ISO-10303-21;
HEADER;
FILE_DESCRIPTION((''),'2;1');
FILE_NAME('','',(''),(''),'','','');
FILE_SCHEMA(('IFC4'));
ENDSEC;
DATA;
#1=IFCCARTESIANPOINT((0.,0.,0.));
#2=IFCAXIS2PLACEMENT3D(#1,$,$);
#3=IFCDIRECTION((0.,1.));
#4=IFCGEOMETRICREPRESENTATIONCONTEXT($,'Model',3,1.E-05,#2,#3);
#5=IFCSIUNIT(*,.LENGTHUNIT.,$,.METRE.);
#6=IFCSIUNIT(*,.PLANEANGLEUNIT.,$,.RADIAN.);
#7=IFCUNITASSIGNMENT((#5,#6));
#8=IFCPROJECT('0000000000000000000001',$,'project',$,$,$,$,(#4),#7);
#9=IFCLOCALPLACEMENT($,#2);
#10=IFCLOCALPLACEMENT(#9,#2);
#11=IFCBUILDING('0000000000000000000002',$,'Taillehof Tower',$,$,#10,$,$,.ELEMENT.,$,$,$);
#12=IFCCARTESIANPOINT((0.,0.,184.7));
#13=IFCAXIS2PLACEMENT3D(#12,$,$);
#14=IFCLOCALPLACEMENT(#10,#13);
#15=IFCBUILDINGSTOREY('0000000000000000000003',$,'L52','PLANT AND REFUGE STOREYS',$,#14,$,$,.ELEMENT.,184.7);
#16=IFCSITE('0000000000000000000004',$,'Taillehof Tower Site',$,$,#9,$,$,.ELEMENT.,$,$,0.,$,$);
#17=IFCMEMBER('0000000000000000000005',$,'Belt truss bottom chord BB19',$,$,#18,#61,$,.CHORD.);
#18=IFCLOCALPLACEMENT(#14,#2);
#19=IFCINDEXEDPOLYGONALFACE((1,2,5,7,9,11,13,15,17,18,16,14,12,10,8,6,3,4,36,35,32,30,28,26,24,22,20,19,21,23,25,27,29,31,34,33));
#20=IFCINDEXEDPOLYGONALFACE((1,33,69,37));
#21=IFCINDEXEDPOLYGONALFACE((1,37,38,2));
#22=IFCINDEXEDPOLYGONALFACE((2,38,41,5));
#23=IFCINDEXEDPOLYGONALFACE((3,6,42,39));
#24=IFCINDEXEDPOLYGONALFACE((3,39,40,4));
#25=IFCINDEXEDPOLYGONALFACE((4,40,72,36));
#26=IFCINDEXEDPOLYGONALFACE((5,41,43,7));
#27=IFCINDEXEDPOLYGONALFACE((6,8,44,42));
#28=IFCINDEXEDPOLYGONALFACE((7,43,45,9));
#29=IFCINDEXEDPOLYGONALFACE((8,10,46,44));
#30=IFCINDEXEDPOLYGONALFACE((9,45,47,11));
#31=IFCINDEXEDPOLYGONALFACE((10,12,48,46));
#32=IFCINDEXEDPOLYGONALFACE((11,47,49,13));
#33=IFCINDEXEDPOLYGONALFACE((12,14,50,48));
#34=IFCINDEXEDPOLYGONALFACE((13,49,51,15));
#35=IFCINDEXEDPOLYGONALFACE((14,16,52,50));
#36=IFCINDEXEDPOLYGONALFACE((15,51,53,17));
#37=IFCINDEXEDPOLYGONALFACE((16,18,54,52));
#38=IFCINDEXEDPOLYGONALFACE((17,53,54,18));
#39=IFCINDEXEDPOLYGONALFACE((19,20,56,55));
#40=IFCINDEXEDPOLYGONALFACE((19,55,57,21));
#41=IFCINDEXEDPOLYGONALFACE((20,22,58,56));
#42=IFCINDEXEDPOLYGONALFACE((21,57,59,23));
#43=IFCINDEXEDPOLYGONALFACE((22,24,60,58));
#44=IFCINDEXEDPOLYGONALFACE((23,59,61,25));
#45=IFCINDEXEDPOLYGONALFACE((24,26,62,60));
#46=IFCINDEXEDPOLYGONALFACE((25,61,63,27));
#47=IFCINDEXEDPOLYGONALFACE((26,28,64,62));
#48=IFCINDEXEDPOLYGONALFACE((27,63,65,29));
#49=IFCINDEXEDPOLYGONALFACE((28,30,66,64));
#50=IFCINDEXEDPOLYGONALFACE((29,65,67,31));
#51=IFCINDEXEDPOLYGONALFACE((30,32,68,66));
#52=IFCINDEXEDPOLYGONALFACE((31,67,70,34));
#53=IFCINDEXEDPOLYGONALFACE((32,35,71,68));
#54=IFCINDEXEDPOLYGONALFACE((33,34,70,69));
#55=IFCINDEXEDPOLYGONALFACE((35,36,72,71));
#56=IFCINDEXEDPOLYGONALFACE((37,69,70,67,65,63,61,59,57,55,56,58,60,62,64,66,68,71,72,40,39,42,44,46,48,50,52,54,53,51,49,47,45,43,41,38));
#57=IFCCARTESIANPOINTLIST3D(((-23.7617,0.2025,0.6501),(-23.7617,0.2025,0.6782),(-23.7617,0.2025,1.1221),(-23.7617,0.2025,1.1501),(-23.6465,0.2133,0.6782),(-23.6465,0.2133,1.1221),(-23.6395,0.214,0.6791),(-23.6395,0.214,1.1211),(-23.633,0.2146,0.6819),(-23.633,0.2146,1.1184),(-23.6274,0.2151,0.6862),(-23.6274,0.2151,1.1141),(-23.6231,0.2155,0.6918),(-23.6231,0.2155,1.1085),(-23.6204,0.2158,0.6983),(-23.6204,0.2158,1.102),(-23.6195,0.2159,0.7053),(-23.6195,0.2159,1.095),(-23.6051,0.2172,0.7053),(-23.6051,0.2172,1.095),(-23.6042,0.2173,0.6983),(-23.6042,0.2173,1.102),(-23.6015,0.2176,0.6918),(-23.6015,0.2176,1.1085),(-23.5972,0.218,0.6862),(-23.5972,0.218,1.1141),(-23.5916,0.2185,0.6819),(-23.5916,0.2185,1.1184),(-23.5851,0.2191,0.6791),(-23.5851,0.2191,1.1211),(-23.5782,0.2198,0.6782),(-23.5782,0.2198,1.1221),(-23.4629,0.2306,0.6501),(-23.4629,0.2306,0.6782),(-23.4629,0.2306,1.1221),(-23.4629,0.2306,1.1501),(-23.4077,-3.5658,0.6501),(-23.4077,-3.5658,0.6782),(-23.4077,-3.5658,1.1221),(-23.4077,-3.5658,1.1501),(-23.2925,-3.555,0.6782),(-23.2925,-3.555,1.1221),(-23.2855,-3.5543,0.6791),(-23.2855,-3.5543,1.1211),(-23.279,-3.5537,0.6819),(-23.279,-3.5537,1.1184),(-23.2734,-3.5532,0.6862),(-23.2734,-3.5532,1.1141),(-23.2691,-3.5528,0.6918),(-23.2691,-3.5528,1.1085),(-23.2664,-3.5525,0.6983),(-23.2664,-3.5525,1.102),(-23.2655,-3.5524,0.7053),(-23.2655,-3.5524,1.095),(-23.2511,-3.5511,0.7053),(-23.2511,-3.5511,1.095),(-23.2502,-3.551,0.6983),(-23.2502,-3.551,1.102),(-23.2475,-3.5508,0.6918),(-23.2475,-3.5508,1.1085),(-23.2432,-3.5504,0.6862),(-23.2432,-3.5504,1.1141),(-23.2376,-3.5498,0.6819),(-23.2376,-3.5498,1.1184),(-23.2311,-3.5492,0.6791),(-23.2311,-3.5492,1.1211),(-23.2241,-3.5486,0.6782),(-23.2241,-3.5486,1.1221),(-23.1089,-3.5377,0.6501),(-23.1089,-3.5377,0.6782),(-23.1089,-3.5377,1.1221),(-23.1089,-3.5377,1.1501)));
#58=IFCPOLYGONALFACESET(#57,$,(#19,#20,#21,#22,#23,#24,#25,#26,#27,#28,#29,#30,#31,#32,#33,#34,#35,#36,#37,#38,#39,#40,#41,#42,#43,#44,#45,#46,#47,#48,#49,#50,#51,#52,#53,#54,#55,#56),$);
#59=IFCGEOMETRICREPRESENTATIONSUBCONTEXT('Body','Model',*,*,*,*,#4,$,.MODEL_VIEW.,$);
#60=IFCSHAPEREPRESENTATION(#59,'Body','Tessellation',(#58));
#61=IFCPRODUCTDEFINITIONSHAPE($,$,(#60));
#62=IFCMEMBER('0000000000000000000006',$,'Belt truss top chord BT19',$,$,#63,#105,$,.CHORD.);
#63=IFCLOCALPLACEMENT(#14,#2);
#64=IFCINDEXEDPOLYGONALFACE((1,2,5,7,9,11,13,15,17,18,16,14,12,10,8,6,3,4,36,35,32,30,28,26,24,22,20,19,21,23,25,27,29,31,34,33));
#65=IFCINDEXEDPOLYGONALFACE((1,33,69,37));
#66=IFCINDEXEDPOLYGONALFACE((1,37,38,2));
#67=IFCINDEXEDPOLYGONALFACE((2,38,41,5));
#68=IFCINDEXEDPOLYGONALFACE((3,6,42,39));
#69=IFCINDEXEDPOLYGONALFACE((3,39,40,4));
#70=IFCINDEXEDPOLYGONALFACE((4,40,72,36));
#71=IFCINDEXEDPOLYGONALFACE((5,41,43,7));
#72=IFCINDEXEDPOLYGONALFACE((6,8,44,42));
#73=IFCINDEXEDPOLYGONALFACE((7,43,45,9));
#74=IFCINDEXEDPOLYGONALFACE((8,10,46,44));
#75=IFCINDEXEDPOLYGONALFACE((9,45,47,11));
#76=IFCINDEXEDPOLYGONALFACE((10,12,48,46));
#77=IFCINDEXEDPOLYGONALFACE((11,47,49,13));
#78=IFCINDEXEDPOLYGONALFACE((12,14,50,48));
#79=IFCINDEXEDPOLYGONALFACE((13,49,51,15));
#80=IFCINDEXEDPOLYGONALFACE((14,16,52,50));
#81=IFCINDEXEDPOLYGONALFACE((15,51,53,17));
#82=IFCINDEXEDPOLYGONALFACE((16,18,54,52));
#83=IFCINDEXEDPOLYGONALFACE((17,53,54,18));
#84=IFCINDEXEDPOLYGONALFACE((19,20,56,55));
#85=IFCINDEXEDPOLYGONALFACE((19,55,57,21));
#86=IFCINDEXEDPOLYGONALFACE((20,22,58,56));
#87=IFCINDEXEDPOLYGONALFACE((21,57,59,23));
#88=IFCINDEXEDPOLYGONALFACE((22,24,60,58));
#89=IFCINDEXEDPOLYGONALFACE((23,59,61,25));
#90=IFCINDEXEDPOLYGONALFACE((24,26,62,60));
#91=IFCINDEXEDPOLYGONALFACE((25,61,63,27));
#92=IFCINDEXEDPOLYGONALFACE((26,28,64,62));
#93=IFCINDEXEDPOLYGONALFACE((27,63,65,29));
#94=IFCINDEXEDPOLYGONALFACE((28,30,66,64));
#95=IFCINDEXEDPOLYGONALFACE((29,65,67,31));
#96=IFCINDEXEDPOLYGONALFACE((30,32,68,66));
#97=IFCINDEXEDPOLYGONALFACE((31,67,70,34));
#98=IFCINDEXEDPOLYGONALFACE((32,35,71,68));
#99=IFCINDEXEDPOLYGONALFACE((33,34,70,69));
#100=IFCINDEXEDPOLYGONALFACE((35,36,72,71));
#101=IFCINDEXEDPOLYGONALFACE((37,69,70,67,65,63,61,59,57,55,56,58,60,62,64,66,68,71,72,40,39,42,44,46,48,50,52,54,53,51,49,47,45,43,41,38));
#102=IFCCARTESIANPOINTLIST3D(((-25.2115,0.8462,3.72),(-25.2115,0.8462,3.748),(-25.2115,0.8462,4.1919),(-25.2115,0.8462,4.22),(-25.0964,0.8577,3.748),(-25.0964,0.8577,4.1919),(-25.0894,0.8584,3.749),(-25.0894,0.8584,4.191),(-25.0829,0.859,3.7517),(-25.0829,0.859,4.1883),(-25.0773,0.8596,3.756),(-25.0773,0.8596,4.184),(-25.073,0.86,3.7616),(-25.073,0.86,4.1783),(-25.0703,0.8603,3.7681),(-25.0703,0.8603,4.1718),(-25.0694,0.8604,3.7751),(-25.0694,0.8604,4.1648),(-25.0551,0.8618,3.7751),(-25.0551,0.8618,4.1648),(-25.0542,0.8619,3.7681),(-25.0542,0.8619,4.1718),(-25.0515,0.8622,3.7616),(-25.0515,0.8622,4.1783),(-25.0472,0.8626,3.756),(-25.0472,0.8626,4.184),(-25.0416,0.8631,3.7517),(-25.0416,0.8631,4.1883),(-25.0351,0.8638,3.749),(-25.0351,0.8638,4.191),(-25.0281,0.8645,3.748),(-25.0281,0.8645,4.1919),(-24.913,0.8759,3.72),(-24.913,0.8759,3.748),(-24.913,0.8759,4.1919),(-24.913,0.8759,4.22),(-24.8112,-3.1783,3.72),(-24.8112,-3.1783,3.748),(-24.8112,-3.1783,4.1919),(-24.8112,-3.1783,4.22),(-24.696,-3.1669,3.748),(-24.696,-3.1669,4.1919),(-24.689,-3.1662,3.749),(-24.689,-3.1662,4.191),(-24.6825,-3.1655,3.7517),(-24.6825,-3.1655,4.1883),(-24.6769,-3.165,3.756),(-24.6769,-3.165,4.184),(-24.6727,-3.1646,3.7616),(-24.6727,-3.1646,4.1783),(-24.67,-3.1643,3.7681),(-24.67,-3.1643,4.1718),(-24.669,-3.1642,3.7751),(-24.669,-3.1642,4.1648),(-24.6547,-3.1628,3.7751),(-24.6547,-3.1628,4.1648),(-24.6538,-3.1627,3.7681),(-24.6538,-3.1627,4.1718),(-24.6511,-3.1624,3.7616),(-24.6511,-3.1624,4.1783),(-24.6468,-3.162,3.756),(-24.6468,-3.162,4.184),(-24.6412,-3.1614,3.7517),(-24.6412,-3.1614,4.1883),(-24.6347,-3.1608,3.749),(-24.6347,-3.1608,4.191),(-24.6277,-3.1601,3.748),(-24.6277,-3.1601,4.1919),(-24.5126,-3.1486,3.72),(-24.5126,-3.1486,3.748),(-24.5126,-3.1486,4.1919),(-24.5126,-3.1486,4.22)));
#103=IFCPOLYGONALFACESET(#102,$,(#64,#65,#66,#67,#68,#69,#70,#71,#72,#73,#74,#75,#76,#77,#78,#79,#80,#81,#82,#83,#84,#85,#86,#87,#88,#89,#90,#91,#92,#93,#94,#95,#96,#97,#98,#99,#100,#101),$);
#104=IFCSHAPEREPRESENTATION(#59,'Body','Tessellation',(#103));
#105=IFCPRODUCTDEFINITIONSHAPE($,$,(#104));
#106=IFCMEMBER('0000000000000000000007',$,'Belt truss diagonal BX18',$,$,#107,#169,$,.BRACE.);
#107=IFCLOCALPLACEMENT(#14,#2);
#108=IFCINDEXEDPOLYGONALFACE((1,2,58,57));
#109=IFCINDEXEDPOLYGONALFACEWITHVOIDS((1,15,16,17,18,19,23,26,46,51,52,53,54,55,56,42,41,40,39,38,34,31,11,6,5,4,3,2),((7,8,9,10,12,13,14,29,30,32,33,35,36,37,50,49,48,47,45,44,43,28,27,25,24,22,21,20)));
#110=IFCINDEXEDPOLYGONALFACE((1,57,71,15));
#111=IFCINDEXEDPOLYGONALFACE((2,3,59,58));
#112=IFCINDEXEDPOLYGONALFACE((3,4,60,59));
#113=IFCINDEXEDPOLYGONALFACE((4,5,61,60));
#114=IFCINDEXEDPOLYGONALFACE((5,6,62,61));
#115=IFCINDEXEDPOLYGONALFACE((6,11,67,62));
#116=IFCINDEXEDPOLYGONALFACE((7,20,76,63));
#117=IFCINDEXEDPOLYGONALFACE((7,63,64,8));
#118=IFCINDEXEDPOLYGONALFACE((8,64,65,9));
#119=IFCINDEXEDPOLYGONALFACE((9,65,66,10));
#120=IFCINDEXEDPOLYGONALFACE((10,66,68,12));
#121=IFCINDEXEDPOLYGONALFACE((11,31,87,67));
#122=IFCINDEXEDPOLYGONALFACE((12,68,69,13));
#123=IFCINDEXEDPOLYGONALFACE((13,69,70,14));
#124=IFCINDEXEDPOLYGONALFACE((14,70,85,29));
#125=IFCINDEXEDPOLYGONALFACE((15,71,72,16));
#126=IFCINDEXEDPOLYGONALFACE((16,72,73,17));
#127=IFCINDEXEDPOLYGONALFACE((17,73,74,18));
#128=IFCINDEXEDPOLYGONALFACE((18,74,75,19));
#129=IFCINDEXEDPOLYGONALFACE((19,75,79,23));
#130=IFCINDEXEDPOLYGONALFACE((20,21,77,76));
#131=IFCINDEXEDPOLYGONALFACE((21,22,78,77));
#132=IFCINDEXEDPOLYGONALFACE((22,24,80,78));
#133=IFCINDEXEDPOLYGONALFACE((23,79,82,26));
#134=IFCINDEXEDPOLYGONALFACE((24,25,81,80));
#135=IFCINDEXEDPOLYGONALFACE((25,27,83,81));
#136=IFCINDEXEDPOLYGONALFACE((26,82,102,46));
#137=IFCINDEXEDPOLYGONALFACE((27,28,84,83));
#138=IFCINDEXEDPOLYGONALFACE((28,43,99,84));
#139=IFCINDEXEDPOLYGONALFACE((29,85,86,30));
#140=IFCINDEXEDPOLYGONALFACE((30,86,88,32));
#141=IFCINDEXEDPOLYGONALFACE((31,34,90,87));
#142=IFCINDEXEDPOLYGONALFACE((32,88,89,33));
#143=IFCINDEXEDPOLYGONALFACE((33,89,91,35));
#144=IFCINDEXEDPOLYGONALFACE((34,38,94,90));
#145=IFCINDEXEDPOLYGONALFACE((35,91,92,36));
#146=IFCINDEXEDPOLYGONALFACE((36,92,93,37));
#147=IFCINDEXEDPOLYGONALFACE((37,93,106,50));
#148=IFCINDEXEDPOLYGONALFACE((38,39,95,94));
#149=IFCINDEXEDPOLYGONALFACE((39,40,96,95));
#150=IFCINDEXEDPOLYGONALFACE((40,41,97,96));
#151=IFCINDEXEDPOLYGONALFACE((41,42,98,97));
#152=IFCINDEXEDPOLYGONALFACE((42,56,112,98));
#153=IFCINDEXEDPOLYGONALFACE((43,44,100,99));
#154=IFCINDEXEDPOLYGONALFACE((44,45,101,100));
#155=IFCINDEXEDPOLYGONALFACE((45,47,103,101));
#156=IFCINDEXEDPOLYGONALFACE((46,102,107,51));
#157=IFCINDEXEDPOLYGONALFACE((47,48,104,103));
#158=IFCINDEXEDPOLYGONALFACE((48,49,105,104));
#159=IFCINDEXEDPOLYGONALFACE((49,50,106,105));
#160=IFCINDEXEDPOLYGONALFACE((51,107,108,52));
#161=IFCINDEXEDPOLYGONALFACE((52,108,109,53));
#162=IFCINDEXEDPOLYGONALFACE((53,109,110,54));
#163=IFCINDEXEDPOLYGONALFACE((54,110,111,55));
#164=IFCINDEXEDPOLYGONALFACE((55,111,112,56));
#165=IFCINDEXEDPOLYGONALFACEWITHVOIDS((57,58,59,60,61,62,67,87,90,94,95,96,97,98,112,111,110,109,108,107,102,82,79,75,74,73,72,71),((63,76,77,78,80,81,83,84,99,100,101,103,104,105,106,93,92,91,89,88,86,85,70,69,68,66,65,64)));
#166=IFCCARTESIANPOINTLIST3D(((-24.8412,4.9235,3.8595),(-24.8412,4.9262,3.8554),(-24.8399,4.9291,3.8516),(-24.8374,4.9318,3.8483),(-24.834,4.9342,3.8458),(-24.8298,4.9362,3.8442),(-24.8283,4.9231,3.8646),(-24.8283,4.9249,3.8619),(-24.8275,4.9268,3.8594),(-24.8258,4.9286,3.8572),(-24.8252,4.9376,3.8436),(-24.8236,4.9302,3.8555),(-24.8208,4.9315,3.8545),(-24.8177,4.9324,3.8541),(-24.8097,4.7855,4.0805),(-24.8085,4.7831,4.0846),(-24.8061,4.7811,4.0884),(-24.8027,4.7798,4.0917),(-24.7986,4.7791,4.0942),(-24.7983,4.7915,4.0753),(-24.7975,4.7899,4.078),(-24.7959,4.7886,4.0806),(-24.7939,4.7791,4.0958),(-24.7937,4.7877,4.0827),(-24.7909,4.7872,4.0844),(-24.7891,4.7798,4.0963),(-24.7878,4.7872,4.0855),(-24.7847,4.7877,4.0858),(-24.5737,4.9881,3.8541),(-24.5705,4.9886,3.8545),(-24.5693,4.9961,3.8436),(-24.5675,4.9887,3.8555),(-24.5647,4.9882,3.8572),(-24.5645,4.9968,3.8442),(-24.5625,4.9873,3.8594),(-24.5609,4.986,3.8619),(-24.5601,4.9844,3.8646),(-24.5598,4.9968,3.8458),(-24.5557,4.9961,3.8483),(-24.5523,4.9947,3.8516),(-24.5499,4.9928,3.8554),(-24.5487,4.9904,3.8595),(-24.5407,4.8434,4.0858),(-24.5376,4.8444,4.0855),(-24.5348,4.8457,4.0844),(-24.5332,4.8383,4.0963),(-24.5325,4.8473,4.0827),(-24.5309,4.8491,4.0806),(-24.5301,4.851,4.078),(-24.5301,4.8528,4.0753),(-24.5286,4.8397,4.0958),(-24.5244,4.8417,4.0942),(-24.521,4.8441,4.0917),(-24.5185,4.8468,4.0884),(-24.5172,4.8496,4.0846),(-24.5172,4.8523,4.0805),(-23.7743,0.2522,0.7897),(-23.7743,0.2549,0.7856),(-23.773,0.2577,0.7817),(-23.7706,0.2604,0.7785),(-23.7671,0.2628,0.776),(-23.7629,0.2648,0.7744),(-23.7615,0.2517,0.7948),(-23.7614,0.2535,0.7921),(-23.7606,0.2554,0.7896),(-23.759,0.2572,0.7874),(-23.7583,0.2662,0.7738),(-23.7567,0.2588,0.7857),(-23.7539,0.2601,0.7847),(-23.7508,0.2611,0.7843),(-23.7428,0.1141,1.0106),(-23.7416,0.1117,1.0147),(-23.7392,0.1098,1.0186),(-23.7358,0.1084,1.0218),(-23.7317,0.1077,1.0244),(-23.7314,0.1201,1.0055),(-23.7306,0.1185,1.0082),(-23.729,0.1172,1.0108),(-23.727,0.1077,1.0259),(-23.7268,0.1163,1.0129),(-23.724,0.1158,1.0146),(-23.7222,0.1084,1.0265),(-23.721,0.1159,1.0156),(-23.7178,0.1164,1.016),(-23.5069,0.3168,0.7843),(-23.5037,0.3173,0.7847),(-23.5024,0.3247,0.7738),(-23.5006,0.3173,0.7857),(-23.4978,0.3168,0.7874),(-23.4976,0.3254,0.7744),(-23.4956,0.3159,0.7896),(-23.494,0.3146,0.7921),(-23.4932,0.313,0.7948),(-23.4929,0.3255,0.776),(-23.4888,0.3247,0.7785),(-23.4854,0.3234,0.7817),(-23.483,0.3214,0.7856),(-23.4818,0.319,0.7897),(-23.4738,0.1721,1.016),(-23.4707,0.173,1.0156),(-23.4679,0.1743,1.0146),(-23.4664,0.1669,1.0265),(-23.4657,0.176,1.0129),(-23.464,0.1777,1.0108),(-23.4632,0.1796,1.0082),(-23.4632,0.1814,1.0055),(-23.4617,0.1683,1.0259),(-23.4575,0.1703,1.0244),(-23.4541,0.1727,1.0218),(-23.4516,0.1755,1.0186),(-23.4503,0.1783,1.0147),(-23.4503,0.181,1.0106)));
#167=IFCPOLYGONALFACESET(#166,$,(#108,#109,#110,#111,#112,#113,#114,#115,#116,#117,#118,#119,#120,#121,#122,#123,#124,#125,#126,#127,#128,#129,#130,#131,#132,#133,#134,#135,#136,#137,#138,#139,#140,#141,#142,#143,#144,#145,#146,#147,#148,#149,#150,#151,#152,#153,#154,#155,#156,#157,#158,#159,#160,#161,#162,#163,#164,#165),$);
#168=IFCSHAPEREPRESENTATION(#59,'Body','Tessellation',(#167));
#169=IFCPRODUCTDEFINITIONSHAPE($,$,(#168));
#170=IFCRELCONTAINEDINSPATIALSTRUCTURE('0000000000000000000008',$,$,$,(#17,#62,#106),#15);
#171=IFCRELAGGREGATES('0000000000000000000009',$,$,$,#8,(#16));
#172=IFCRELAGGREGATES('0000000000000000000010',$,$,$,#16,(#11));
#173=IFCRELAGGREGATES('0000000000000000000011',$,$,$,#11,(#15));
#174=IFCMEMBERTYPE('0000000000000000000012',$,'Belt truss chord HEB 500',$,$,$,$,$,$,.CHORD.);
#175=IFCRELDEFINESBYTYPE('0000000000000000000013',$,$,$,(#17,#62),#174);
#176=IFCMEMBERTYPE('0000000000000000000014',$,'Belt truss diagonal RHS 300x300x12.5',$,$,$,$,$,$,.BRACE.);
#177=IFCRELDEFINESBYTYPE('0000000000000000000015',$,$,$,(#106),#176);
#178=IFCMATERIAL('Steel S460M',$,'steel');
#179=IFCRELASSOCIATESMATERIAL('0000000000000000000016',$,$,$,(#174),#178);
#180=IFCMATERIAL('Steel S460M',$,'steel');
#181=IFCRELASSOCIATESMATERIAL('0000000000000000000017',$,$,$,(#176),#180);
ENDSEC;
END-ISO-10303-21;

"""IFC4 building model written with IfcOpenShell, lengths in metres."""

from ifc_helpers import new_model, si_unit, direction, frame, origin, origin_2d, place, context, subcontext, project, spatial, hollow_rectangle, i_section, extrude, material, material_profile, profile_set, type_object, element, save


model = new_model("IFC4")

# Units and contexts
model_context = context("Model", 3, precision=1e-05, world=origin(), true_north=direction((0.0, 1.0)))
body_context = subcontext(model_context, "Body", "Model", "MODEL_VIEW")
ifc_project = project(units=[si_unit("LENGTHUNIT", "METRE"), si_unit("PLANEANGLEUNIT", "RADIAN")], contexts=[model_context])

# Site, building, storey
site_placement = place(None, origin())
site = spatial("IfcSite", under=ifc_project, at=site_placement, Name="Taillehof Tower Site", CompositionType="ELEMENT", RefElevation=0.0)
building_placement = place(site_placement, origin())
building = spatial("IfcBuilding", under=site, at=building_placement, Name="Taillehof Tower", CompositionType="ELEMENT")
storey_placement = place(building_placement, frame((0.0, 0.0, 184.7)))
storey = spatial("IfcBuildingStorey", under=building, at=storey_placement, Name="L52", Description="PLANT AND REFUGE STOREYS", CompositionType="ELEMENT", Elevation=184.7)

# Members
ifc_material_1 = material(Name="Steel S460M", Category="steel")
ifc_material_profile_1 = material_profile(ifc_material_1, i_section(OverallWidth=0.3, OverallDepth=0.5, WebThickness=0.0144, FlangeThickness=0.0281, FilletRadius=0.0271, at=origin_2d()), Name="HEB 500")
ifc_profile_set_1 = profile_set([ifc_material_profile_1], Name="Steel S460M")
member_type_1 = type_object("IfcMemberType", Name="Belt truss chord HEB 500", PredefinedType="CHORD", material=ifc_profile_set_1)
member_1_placement = place(storey_placement, frame((-23.6123, 0.2166, 0.9001), z_axis=(0.093531, -0.995616, 0.0), x_axis=(0.995616, 0.093531, 0.0)))
element("IfcMember", 1, at=member_1_placement, inside=storey, type_object=member_type_1, Name="Belt truss bottom chord BB19", PredefinedType="CHORD", context=body_context, shape_type="SweptSolid", body=[
    extrude(i_section(OverallWidth=0.3, OverallDepth=0.5, WebThickness=0.0144, FlangeThickness=0.0281, FilletRadius=0.0271, at=origin_2d()), origin(), (0.0, 0.0, 1.0), 3.7849),
])
member_2_placement = place(storey_placement, frame((-25.0623, 0.8611, 3.97), z_axis=(0.098996, -0.995088, 0.0), x_axis=(0.995088, 0.098996, 0.0)))
element("IfcMember", 2, at=member_2_placement, inside=storey, type_object=member_type_1, Name="Belt truss top chord BT19", PredefinedType="CHORD", context=body_context, shape_type="SweptSolid", body=[
    extrude(i_section(OverallWidth=0.3, OverallDepth=0.5, WebThickness=0.0144, FlangeThickness=0.0281, FilletRadius=0.0271, at=origin_2d()), origin(), (0.0, 0.0, 1.0), 4.0444),
])
ifc_material_2 = material(Name="Steel S460M", Category="steel")
ifc_material_profile_2 = material_profile(ifc_material_2, hollow_rectangle(XDim=0.3, YDim=0.3, WallThickness=0.0125, InnerFilletRadius=0.0125, OuterFilletRadius=0.0188, at=origin_2d()), Name="RHS 300x300x12.5")
ifc_profile_set_2 = profile_set([ifc_material_profile_2], Name="Steel S460M")
member_type_2 = type_object("IfcMemberType", Name="Belt truss diagonal RHS 300x300x12.5", PredefinedType="BRACE", material=ifc_profile_set_2)
member_3_placement = place(storey_placement, frame((-24.6792, 4.8879, 3.97), z_axis=(0.187481, -0.820882, -0.539447), x_axis=(0.974897, 0.222656, 0.0)))
element("IfcMember", 3, at=member_3_placement, inside=storey, type_object=member_type_2, Name="Belt truss diagonal BX18", PredefinedType="BRACE", context=body_context, shape_type="SweptSolid", body=[
    extrude(hollow_rectangle(XDim=0.3, YDim=0.3, WallThickness=0.0125, InnerFilletRadius=0.0125, OuterFilletRadius=0.0188, at=origin_2d()), origin(), (0.0, 0.0, 1.0), 5.6907),
])

save(model, "model.ifc")
